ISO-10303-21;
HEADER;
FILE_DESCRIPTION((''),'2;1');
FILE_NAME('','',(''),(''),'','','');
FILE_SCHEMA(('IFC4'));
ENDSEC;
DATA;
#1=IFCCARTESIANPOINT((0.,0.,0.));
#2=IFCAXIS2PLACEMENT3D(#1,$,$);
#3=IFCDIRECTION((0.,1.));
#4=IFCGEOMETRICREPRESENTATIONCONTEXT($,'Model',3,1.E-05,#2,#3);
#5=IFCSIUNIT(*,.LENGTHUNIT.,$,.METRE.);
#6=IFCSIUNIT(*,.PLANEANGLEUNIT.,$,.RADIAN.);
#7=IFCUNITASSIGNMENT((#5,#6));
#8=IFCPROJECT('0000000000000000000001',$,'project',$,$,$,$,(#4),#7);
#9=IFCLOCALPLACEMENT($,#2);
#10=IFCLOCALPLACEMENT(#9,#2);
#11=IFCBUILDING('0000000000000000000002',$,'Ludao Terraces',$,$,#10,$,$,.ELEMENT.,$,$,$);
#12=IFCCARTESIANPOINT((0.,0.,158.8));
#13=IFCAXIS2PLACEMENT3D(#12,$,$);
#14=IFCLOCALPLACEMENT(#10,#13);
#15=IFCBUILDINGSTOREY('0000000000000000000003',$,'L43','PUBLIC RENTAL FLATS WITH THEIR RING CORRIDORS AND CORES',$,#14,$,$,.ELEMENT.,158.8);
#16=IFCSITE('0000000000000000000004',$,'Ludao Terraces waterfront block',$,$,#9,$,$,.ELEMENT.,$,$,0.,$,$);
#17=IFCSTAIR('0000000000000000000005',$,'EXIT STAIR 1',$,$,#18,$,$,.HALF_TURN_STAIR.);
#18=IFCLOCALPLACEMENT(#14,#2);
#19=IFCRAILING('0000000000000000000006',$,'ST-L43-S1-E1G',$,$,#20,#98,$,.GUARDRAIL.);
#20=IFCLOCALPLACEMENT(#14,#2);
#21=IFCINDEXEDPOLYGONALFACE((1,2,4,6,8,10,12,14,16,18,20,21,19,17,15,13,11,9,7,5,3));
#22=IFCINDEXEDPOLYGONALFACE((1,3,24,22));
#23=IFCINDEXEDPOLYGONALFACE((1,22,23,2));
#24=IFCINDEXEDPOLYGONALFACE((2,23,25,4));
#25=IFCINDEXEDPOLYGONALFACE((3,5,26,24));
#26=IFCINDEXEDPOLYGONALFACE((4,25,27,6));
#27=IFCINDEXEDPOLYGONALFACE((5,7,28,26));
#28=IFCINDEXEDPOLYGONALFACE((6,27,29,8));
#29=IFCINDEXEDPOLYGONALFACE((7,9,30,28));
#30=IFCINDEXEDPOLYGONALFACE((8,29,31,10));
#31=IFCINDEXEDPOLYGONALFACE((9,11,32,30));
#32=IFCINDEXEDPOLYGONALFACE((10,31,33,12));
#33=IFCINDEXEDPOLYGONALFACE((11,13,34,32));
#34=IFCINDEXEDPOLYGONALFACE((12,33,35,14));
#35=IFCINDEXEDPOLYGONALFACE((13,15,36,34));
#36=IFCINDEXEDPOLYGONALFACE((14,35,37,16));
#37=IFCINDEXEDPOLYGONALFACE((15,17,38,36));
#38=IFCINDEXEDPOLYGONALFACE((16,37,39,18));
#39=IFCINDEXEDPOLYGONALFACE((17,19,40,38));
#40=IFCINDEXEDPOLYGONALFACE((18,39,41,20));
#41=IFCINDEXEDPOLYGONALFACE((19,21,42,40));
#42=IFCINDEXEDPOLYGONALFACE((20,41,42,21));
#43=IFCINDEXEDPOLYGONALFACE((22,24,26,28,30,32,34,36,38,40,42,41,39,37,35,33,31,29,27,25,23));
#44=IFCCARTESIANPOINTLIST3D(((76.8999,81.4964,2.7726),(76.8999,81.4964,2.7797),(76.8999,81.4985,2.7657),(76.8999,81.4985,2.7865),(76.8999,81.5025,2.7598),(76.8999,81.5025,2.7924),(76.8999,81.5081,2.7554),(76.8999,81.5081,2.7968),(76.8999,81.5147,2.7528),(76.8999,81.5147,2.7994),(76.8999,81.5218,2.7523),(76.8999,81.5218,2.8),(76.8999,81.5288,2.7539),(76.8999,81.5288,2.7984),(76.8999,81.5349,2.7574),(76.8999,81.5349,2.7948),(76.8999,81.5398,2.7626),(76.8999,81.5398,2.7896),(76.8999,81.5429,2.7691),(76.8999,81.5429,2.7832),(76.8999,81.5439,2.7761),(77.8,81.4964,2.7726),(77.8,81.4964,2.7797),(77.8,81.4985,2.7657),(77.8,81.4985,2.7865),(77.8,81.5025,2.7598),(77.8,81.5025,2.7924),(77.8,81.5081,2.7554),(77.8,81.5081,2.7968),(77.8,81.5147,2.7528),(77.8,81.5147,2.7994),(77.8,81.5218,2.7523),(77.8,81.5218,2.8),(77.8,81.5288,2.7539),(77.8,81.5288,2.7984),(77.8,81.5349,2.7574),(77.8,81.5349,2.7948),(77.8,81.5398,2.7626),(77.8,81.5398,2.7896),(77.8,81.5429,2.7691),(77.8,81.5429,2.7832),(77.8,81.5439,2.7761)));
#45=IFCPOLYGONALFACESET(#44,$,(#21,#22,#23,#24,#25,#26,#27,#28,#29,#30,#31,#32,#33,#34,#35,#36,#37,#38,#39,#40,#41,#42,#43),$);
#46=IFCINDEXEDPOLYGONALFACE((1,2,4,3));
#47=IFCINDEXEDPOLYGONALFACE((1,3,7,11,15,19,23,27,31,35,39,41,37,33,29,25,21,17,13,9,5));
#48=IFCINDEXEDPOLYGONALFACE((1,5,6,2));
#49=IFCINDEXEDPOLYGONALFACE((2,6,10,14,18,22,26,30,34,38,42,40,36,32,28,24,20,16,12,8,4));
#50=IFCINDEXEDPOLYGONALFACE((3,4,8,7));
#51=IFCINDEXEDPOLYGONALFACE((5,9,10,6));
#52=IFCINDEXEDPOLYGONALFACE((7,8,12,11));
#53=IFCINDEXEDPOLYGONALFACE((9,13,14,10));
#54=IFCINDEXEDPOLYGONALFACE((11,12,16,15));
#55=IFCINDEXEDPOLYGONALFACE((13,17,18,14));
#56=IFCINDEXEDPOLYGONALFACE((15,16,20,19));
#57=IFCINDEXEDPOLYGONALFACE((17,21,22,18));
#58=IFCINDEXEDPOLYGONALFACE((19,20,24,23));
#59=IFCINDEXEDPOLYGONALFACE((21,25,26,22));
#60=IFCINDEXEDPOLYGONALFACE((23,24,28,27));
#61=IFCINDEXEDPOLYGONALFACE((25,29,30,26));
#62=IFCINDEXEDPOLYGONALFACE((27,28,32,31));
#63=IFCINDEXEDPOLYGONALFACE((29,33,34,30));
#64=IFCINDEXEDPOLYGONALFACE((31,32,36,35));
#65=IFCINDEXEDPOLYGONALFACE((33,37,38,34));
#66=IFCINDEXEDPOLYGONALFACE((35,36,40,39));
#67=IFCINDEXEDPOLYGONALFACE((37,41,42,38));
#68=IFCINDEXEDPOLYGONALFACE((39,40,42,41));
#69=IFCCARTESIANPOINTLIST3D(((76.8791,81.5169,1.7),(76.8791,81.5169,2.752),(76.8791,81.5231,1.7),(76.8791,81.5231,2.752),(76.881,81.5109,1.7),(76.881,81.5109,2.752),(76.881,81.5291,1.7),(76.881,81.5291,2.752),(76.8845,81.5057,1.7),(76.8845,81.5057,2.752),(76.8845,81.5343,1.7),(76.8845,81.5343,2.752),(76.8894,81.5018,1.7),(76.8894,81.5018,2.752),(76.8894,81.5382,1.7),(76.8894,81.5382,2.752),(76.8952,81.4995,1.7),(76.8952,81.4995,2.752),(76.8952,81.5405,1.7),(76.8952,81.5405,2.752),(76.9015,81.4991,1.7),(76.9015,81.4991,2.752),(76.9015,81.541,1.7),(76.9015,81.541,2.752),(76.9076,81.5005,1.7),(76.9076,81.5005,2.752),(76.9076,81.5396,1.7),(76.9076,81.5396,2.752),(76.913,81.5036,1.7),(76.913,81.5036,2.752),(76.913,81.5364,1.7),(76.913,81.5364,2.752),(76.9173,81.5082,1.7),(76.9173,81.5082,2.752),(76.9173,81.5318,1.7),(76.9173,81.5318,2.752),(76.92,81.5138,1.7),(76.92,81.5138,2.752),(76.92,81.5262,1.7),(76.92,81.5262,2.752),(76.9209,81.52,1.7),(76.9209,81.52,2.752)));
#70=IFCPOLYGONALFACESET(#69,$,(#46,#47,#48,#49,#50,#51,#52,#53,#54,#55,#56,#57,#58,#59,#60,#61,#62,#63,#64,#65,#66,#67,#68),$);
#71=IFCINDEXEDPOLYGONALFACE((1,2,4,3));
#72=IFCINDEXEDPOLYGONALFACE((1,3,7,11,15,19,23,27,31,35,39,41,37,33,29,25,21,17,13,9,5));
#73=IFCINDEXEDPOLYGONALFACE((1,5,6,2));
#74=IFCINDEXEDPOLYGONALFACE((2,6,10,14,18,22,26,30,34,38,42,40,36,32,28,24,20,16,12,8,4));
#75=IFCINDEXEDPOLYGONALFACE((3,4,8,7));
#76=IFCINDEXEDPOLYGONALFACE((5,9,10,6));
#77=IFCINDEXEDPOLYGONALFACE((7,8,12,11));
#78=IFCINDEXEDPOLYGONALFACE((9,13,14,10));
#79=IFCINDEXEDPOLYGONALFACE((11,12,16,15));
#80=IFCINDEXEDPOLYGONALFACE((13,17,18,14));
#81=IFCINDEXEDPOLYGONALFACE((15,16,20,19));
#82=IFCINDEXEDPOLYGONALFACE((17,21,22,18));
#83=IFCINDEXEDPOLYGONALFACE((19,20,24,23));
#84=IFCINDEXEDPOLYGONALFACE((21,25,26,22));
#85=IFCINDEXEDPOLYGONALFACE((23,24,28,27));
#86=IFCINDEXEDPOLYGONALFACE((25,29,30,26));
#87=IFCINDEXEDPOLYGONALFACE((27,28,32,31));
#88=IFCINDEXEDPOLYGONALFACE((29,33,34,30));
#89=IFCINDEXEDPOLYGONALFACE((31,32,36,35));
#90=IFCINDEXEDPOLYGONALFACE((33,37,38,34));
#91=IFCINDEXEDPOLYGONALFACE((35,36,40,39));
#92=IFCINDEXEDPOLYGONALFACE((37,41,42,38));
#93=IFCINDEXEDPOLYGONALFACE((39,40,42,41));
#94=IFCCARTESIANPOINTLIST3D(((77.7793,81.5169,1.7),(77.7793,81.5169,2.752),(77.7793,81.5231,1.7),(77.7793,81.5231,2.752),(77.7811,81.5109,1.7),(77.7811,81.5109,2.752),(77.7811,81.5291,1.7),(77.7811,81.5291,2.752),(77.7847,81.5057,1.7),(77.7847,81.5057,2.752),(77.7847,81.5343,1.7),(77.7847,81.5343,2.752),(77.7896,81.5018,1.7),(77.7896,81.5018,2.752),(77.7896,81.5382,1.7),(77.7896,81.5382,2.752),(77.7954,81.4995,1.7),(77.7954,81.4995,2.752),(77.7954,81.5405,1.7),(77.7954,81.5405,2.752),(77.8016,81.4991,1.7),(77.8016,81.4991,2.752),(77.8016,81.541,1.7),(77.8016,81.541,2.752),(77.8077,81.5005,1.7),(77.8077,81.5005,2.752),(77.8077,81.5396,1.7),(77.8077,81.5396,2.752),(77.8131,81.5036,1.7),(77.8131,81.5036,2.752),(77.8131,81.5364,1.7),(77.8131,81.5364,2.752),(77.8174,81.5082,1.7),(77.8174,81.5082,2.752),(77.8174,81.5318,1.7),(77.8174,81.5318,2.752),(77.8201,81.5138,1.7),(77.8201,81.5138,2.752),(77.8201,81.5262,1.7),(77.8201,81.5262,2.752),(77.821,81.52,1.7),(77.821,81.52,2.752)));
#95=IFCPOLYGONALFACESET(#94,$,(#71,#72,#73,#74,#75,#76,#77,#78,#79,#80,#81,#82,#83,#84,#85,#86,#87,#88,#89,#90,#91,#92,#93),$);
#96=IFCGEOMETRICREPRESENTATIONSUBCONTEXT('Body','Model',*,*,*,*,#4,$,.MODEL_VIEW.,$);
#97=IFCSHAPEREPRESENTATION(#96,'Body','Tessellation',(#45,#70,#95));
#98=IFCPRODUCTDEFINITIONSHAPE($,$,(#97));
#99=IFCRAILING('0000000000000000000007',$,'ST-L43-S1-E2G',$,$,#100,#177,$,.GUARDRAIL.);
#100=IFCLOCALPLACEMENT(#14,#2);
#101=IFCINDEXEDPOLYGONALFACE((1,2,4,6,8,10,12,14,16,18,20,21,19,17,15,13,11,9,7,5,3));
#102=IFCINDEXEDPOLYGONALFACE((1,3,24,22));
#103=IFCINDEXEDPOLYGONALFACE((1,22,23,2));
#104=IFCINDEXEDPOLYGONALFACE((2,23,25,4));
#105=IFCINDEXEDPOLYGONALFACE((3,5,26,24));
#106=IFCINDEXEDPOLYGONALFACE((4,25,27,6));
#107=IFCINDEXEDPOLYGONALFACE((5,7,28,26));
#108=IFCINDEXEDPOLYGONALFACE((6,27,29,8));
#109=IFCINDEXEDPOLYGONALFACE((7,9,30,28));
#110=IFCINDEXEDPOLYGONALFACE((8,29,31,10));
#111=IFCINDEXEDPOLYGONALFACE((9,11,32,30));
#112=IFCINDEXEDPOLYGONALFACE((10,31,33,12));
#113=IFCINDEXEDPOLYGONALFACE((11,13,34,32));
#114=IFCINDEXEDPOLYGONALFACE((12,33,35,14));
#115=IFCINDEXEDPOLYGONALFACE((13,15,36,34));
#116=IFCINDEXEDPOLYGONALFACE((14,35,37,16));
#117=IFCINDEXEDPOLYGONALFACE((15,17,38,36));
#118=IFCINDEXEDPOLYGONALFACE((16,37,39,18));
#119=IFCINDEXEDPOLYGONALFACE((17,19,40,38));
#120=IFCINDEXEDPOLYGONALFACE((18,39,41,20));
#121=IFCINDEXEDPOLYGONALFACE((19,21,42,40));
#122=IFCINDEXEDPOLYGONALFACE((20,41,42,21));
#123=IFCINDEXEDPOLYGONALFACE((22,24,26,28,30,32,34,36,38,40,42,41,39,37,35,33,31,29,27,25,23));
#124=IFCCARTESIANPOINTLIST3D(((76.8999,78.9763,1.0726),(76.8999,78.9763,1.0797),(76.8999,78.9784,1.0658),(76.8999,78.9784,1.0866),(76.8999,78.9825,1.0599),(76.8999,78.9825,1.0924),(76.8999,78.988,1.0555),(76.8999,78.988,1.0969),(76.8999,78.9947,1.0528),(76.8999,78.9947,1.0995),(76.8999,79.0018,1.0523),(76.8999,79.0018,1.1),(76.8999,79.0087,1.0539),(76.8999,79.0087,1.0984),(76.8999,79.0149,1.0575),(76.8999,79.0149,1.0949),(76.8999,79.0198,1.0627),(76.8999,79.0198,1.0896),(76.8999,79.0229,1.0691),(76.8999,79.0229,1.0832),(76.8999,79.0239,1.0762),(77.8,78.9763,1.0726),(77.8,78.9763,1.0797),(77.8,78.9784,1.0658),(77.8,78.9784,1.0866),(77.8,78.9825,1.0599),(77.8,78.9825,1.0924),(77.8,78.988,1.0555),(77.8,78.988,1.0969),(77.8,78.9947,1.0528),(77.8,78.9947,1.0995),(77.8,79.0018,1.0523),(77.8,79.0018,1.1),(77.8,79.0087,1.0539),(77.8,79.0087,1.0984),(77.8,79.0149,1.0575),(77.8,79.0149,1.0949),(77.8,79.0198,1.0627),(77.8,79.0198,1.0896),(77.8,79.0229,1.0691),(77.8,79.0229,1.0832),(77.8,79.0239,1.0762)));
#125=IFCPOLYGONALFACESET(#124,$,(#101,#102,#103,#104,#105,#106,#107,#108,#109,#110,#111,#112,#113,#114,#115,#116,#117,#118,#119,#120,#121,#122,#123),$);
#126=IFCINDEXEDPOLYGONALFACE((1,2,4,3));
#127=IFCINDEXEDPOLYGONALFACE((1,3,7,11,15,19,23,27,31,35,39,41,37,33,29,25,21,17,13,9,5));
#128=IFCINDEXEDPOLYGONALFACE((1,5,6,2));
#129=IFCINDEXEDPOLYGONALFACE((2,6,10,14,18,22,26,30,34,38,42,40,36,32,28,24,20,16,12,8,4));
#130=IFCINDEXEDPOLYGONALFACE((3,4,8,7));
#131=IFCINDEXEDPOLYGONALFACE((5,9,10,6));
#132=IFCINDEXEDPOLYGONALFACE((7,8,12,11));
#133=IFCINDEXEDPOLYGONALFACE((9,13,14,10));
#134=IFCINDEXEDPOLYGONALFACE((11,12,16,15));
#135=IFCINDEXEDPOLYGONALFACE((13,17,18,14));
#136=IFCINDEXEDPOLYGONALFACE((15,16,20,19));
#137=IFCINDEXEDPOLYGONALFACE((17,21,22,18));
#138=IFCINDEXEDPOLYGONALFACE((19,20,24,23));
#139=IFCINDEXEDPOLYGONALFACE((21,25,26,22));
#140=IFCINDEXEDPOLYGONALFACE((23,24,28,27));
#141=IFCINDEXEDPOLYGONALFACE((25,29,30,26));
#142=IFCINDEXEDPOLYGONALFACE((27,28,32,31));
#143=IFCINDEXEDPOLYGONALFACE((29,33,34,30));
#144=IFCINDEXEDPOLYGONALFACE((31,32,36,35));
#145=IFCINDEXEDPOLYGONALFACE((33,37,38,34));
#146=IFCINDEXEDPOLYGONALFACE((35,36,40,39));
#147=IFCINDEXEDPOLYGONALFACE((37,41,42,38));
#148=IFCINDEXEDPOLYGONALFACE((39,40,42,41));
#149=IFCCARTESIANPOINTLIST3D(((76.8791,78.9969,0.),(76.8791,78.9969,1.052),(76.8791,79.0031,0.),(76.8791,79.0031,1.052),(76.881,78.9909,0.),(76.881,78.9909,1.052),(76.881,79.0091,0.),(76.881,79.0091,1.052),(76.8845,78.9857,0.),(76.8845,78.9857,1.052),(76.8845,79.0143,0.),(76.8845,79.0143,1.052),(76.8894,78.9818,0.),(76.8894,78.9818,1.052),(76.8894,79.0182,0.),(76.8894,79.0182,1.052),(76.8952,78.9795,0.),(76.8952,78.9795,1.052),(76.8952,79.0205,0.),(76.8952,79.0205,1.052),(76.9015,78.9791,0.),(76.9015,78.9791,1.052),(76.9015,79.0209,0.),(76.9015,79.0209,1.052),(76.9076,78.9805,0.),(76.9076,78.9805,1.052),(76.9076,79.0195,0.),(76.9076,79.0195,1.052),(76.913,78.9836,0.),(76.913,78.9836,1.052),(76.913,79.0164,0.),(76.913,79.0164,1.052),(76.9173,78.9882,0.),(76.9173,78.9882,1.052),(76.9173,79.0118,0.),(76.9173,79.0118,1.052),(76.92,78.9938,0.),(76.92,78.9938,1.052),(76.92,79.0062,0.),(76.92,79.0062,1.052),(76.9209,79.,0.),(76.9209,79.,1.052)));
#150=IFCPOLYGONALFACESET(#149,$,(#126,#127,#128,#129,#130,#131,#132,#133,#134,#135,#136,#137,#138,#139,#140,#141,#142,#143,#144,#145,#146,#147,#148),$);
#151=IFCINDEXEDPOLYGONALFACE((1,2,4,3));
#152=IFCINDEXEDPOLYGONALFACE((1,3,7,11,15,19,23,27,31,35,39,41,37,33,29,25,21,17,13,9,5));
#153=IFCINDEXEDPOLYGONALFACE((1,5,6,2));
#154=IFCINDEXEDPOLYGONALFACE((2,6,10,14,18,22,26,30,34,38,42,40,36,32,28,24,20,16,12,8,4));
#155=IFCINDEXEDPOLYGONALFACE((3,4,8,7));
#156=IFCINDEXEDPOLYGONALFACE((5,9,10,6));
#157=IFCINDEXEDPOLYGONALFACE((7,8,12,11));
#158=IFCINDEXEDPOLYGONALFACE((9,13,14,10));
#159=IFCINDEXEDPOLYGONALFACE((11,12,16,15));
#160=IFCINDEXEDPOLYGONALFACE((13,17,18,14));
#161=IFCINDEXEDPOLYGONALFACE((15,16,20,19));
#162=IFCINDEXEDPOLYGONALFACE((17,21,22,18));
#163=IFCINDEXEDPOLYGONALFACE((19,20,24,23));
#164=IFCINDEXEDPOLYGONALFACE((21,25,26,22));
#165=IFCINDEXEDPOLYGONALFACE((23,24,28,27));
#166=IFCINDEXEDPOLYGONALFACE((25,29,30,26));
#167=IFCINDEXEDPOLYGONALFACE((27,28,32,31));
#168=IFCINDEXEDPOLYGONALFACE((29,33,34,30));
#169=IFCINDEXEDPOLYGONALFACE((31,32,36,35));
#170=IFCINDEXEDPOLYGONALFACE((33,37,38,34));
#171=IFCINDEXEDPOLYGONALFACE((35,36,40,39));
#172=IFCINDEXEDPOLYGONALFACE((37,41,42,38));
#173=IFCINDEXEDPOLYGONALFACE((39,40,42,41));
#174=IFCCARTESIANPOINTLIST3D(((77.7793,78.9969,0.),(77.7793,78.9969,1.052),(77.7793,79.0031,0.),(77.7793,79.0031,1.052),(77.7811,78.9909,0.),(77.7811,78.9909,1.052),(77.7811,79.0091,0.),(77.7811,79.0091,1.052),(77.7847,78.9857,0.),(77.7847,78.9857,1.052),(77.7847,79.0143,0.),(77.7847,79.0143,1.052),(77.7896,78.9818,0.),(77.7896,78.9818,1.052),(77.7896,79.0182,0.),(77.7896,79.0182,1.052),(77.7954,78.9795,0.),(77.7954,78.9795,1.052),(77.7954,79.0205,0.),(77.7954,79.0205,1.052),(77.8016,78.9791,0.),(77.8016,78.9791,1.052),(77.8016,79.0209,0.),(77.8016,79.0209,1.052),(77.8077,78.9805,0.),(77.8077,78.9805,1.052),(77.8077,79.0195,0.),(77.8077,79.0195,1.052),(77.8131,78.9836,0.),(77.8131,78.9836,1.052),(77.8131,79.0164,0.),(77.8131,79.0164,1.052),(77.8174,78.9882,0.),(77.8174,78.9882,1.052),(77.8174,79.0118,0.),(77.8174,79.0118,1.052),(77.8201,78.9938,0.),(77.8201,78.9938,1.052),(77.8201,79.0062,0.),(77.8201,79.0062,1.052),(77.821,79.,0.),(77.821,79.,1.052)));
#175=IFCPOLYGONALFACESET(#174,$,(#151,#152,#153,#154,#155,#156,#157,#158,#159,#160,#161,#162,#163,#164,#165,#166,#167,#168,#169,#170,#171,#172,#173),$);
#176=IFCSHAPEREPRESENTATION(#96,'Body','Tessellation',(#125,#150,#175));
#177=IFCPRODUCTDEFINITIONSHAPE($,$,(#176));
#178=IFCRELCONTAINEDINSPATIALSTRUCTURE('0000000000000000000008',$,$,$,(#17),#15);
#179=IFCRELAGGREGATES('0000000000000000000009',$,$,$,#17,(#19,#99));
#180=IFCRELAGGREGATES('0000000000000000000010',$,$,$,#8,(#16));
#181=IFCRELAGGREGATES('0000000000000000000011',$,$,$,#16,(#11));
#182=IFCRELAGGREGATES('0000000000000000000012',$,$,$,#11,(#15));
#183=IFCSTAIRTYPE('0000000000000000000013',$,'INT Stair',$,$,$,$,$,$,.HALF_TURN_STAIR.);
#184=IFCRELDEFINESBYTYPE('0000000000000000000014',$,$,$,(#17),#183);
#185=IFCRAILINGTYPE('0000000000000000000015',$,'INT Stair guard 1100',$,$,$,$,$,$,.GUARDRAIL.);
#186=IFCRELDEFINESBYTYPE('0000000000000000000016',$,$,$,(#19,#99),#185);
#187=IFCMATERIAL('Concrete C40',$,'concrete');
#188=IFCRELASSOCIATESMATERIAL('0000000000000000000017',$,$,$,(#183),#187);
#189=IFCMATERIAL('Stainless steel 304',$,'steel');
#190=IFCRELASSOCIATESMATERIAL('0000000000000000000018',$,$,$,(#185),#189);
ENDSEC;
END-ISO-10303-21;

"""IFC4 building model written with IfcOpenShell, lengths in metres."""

from ifc_helpers import new_model, si_unit, direction, frame, origin, origin_2d, place, context, subcontext, project, spatial, circle, extrude, material, type_object, element, aggregate, save


model = new_model("IFC4")

# Units and contexts
model_context = context("Model", 3, precision=1e-05, world=origin(), true_north=direction((0.0, 1.0)))
body_context = subcontext(model_context, "Body", "Model", "MODEL_VIEW")
ifc_project = project(units=[si_unit("LENGTHUNIT", "METRE"), si_unit("PLANEANGLEUNIT", "RADIAN")], contexts=[model_context])

# Site, building, storey
site_placement = place(None, origin())
site = spatial("IfcSite", under=ifc_project, at=site_placement, Name="Ludao Terraces waterfront block", CompositionType="ELEMENT", RefElevation=0.0)
building_placement = place(site_placement, origin())
building = spatial("IfcBuilding", under=site, at=building_placement, Name="Ludao Terraces", CompositionType="ELEMENT")
storey_placement = place(building_placement, frame((0.0, 0.0, 158.8)))
storey = spatial("IfcBuildingStorey", under=building, at=storey_placement, Name="L43", Description="PUBLIC RENTAL FLATS WITH THEIR RING CORRIDORS AND CORES", CompositionType="ELEMENT", Elevation=158.8)

# Shared definitions
ifc_material_1 = material(Name="Stainless steel 304", Category="steel")

# Stair, railings
ifc_material_2 = material(Name="Concrete C40", Category="concrete")
stair_type = type_object("IfcStairType", Name="INT Stair", PredefinedType="HALF_TURN_STAIR", material=ifc_material_2)
stair_placement = place(storey_placement, origin())
stair = element("IfcStair", 1, at=stair_placement, inside=storey, type_object=stair_type, Name="EXIT STAIR 1", PredefinedType="HALF_TURN_STAIR")
railing_type_1 = type_object("IfcRailingType", Name="INT Stair guard 1100", PredefinedType="GUARDRAIL", material=ifc_material_1)
railing_1_placement = place(storey_placement, frame((76.8999, 81.52, 1.7)))
railing_1 = element("IfcRailing", 2, at=railing_1_placement, type_object=railing_type_1, Name="ST-L43-S1-E1G", PredefinedType="GUARDRAIL", context=body_context, shape_type="SweptSolid", body=[
    extrude(circle(Radius=0.0239, at=origin_2d()), frame((0.0, 0.0, 1.0762), z_axis=(1.0, 0.0, 0.0), x_axis=(0.0, 1.0, 0.0)), (0.0, 0.0, 1.0), 0.9001),
    extrude(circle(Radius=0.021, at=origin_2d()), origin(), (0.0, 0.0, 1.0), 1.052),
    extrude(circle(Radius=0.021, at=origin_2d()), frame((0.9001, 0.0, 0.0)), (0.0, 0.0, 1.0), 1.052),
])
railing_2_placement = place(storey_placement, frame((76.8999, 79.0, 0.0)))
railing_2 = element("IfcRailing", 3, at=railing_2_placement, type_object=railing_type_1, Name="ST-L43-S1-E2G", PredefinedType="GUARDRAIL", context=body_context, shape_type="SweptSolid", body=[
    extrude(circle(Radius=0.0239, at=origin_2d()), frame((0.0, 0.0, 1.0762), z_axis=(1.0, 0.0, 0.0), x_axis=(0.0, 1.0, 0.0)), (0.0, 0.0, 1.0), 0.9001),
    extrude(circle(Radius=0.021, at=origin_2d()), origin(), (0.0, 0.0, 1.0), 1.052),
    extrude(circle(Radius=0.021, at=origin_2d()), frame((0.9001, 0.0, 0.0)), (0.0, 0.0, 1.0), 1.052),
])
aggregate(stair, [railing_1, railing_2])

save(model, "model.ifc")
